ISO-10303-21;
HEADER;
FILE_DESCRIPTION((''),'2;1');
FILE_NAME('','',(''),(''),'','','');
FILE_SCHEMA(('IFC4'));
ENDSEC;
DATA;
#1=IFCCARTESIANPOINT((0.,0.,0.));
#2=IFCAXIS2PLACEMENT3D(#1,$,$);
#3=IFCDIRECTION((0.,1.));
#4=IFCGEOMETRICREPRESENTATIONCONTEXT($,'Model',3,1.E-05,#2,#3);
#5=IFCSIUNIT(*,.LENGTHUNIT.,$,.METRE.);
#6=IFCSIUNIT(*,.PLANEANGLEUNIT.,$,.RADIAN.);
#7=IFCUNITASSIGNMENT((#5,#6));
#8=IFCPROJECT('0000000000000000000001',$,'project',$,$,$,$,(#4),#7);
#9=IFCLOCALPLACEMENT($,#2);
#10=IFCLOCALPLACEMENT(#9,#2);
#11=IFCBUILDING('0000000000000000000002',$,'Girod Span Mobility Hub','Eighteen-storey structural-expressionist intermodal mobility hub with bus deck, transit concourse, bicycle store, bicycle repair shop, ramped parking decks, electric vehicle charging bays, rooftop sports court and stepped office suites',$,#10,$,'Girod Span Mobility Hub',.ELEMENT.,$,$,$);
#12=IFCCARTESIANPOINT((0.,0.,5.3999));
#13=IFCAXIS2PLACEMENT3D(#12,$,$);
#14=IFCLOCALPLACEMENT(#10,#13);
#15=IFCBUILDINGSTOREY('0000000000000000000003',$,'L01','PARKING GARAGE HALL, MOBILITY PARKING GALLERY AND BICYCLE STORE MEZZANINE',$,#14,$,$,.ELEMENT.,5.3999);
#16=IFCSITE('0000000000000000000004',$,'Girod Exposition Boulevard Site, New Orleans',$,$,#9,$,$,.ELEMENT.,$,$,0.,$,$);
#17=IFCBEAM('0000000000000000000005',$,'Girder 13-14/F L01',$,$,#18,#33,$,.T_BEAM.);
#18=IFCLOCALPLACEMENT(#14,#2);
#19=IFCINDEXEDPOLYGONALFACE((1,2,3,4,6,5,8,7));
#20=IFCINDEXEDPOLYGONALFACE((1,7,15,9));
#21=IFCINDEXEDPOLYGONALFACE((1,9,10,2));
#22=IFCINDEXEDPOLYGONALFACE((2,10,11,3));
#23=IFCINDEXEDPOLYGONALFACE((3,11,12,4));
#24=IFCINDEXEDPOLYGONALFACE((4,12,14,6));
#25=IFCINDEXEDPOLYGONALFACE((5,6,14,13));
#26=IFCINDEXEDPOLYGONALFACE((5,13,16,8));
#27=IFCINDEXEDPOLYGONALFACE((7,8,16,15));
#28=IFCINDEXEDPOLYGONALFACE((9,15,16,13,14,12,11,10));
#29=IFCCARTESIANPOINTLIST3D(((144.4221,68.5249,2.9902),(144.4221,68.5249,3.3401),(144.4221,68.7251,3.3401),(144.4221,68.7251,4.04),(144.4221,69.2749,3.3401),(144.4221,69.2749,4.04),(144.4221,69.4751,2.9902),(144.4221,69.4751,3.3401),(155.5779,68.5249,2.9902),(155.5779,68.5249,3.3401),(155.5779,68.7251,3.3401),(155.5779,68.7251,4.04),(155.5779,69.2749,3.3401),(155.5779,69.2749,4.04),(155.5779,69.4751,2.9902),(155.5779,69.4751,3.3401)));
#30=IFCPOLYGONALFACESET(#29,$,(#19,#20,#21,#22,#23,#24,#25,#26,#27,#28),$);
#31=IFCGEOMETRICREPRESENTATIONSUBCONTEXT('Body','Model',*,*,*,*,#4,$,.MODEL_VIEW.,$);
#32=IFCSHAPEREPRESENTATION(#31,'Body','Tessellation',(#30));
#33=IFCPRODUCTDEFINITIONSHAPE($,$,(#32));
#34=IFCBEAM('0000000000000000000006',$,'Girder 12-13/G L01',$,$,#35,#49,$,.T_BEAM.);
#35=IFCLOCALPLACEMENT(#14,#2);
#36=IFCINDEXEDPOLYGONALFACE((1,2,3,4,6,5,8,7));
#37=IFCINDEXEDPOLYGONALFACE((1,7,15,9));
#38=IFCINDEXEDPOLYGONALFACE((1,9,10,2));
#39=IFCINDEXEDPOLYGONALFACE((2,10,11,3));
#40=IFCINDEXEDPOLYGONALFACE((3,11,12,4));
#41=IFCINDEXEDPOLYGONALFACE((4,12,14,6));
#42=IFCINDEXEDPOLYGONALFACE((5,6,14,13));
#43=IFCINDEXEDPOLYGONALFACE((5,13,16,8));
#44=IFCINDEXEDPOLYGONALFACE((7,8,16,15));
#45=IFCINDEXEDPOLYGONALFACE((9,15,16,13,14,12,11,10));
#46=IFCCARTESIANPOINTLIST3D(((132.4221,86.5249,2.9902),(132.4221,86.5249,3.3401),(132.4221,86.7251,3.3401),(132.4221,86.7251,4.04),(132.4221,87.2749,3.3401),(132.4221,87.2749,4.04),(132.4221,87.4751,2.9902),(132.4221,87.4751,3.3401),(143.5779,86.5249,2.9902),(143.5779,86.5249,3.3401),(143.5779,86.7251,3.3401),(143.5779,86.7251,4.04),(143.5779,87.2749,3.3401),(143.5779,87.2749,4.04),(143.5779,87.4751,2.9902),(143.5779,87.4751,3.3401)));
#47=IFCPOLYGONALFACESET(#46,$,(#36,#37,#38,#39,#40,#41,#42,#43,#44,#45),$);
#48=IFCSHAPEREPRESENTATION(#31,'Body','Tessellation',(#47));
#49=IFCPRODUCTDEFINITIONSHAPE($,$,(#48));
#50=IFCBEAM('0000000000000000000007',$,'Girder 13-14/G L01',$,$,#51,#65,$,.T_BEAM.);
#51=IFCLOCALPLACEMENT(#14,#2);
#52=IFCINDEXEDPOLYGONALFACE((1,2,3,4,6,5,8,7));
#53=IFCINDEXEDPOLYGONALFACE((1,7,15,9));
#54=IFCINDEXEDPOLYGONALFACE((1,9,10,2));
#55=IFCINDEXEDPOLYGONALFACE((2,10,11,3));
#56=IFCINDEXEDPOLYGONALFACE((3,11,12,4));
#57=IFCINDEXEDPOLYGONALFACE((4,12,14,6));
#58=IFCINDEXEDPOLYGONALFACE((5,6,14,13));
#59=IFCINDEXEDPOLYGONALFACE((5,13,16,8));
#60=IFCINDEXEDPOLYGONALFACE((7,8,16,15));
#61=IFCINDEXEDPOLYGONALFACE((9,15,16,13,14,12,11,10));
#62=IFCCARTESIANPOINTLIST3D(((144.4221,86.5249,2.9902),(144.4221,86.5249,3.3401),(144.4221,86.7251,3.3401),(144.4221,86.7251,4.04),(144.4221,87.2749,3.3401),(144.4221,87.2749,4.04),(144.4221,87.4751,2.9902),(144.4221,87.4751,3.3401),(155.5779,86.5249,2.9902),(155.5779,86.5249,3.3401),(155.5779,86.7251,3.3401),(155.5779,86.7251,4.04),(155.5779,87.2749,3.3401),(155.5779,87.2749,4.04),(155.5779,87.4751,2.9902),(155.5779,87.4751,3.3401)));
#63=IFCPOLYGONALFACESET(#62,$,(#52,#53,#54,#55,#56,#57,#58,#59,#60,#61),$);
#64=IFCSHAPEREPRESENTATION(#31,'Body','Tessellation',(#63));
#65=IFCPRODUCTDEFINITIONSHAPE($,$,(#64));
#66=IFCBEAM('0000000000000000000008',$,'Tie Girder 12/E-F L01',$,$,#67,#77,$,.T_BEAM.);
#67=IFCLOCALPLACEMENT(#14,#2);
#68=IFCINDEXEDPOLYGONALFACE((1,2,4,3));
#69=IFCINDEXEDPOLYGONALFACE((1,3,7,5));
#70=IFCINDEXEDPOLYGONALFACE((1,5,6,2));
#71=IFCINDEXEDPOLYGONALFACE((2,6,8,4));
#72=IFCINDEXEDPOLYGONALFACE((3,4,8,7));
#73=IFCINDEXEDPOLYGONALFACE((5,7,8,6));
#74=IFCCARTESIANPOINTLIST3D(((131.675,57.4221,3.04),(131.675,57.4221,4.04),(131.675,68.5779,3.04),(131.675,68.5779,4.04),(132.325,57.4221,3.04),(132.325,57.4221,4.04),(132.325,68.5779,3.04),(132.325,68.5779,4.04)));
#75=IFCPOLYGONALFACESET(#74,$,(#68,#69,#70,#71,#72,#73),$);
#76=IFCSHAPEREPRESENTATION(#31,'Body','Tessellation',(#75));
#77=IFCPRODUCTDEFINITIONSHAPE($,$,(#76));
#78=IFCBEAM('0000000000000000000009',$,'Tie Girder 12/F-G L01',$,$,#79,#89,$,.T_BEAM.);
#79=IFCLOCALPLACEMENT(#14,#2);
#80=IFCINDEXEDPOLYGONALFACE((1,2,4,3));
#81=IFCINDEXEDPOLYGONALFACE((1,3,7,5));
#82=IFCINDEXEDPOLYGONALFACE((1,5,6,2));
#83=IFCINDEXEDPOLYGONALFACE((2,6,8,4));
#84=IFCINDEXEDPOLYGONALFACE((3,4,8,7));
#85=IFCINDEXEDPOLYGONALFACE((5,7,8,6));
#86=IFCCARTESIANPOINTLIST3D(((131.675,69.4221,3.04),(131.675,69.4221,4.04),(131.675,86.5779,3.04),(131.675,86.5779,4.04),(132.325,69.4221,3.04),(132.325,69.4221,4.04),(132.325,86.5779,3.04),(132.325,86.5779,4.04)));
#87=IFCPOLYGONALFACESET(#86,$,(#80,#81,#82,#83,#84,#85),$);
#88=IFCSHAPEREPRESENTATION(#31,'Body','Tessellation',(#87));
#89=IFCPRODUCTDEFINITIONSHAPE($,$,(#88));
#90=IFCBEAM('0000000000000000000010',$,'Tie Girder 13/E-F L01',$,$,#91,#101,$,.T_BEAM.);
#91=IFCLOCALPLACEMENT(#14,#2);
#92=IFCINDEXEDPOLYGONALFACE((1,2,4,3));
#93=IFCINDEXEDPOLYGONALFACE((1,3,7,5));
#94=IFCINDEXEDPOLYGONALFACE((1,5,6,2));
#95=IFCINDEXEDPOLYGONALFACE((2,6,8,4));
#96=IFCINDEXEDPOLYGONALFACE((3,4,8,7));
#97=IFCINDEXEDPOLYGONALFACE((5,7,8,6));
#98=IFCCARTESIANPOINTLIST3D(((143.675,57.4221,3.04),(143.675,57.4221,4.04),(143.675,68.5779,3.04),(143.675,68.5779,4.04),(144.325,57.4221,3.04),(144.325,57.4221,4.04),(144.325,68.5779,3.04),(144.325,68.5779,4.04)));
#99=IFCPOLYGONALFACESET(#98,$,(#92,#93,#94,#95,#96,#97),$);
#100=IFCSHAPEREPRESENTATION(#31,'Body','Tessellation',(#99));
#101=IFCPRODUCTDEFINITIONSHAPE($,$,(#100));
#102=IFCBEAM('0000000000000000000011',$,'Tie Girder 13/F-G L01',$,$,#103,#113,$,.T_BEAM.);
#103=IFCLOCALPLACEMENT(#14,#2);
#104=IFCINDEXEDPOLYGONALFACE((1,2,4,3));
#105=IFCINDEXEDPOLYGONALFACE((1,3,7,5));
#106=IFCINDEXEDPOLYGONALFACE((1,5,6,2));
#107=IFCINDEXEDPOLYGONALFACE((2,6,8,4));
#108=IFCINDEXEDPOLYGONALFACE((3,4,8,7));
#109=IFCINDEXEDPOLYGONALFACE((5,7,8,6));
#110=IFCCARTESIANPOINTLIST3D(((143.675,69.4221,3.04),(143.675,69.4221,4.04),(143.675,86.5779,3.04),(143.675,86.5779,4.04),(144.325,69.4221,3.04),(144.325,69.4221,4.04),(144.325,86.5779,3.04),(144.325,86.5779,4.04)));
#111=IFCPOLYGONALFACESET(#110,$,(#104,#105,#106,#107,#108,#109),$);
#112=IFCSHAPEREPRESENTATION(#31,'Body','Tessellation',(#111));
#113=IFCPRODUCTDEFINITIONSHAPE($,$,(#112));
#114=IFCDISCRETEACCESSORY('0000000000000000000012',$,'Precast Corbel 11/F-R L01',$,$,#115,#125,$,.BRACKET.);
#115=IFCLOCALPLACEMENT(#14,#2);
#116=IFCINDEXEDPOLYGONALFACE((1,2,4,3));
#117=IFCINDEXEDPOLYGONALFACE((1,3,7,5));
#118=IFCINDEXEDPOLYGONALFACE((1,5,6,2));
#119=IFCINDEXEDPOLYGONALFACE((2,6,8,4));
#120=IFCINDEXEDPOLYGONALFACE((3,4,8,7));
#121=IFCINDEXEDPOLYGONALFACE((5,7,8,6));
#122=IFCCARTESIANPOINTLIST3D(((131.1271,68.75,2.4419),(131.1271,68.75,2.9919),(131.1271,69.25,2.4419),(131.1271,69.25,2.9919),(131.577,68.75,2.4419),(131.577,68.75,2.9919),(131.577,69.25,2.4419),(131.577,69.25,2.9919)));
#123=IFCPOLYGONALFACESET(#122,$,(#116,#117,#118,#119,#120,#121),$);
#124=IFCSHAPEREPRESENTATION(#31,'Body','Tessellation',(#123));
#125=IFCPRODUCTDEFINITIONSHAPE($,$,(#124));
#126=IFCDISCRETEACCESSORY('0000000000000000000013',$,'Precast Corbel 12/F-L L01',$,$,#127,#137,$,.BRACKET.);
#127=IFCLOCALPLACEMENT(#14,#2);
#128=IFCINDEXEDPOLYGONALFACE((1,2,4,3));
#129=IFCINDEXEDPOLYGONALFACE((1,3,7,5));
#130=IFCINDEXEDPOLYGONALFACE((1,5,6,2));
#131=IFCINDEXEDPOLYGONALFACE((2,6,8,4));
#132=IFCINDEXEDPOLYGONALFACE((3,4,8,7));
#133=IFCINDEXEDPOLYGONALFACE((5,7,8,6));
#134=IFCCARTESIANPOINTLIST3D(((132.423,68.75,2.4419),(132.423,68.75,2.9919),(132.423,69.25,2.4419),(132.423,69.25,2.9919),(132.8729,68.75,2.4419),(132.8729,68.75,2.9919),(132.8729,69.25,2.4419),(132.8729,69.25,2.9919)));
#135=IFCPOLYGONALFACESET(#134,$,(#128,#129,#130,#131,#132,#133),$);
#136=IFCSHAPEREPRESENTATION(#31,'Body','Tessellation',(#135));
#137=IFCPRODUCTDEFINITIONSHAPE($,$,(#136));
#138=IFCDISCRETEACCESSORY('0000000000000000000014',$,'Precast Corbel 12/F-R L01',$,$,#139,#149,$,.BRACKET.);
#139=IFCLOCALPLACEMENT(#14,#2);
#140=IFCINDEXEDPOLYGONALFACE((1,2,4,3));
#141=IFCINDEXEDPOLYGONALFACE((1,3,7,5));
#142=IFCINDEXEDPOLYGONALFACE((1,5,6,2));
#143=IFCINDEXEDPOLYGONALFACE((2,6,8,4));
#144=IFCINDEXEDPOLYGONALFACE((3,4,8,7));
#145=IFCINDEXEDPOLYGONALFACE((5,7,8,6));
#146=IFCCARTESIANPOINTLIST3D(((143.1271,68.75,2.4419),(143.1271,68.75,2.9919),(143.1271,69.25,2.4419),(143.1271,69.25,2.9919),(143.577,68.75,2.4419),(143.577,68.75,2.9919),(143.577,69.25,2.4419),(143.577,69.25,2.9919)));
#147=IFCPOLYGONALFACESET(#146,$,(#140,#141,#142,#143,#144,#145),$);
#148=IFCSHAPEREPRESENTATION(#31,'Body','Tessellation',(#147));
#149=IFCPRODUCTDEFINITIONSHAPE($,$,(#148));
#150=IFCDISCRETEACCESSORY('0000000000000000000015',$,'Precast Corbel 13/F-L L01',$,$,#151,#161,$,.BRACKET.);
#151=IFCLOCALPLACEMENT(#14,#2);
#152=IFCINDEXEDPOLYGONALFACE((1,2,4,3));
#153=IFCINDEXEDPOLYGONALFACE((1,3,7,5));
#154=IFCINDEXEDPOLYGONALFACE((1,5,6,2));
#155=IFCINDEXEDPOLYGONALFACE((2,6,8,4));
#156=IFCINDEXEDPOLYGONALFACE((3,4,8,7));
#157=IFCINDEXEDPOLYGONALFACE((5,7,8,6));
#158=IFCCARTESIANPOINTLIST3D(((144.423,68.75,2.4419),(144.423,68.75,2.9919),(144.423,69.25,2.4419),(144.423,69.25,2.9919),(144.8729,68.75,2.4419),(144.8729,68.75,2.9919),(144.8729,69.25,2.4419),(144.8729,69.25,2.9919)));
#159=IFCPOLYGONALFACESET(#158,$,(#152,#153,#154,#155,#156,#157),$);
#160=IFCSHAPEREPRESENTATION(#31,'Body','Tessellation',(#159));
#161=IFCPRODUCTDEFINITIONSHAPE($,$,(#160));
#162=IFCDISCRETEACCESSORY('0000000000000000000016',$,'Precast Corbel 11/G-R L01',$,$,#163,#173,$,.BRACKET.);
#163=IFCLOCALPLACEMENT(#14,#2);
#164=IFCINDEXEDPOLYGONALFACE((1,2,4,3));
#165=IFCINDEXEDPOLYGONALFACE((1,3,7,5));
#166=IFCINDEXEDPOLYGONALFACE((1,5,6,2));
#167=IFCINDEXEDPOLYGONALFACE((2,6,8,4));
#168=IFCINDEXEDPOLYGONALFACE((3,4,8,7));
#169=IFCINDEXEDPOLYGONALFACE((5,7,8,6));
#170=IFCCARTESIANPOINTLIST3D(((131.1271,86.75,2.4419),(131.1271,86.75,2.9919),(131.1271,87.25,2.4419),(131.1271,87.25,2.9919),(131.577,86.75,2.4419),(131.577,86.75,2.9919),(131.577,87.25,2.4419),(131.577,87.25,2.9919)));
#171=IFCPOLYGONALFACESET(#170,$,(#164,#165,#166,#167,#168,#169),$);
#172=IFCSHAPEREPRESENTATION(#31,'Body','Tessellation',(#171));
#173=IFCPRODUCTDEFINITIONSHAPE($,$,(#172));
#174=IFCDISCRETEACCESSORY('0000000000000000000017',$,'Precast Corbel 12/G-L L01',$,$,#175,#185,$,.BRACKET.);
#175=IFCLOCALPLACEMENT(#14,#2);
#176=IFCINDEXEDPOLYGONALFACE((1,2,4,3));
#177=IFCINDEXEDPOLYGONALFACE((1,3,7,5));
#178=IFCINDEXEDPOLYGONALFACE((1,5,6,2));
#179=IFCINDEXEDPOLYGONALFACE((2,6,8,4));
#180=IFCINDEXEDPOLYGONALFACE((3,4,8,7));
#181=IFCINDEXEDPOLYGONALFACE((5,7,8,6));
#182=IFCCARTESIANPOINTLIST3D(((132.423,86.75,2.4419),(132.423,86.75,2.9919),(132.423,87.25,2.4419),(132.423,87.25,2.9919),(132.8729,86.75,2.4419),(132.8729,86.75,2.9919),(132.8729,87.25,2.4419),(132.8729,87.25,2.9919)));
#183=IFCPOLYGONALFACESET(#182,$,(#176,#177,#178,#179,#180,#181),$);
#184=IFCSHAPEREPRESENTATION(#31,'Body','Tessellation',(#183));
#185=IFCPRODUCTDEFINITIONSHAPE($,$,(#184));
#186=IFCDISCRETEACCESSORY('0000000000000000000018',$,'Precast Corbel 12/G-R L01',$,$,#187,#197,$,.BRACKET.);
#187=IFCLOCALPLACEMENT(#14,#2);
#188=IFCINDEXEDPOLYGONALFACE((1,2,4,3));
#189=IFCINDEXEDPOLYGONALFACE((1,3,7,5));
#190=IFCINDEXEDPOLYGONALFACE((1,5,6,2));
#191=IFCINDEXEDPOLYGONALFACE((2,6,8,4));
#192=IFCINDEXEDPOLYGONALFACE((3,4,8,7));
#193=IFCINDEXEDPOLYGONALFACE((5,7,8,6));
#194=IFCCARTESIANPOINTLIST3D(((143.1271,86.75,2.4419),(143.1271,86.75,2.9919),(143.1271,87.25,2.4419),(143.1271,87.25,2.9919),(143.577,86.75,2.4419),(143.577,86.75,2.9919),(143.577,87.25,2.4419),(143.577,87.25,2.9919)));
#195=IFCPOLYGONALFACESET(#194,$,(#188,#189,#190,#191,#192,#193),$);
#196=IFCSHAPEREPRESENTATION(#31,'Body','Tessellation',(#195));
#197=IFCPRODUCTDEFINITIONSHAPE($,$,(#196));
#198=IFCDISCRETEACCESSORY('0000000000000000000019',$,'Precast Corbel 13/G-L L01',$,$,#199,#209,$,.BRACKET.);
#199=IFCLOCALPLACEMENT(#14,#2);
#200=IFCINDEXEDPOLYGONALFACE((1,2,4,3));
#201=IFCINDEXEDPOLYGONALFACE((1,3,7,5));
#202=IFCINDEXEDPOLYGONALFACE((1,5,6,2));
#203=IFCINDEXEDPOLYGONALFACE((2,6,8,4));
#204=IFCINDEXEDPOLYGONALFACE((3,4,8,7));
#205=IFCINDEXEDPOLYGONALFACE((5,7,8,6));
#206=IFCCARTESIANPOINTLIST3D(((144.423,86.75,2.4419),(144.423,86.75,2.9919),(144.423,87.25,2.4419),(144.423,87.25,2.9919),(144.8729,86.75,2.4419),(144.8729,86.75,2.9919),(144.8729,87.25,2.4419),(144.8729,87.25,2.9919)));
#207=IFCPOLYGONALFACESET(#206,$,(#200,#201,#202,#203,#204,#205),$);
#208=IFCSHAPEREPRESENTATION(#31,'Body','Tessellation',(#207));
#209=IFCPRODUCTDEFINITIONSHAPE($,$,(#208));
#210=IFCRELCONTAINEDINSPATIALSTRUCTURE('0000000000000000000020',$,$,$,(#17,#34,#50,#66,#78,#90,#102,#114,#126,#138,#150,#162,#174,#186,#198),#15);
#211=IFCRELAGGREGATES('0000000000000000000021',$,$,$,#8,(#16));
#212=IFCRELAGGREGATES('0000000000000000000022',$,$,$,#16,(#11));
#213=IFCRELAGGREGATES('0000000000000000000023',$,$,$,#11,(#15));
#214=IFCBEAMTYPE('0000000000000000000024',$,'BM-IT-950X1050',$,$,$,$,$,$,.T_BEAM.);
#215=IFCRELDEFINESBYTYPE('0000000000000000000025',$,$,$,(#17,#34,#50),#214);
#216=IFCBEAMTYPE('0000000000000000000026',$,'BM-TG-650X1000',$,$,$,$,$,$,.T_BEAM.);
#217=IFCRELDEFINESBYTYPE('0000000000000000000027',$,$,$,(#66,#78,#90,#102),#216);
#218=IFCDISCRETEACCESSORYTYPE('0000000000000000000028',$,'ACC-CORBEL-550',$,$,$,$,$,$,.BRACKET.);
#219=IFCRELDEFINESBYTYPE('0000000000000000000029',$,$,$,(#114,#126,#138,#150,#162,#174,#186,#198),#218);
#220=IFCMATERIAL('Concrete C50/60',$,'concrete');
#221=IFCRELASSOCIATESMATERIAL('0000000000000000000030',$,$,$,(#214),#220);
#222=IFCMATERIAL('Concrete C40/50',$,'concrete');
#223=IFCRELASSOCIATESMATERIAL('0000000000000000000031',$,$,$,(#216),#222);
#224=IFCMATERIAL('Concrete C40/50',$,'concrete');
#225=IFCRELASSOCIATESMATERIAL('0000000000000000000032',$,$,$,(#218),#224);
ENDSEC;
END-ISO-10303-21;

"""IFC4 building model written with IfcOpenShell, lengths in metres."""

from ifc_helpers import new_model, si_unit, direction, frame, origin, origin_2d, place, context, subcontext, project, spatial, polyline, rectangle, outline, extrude, material, material_profile, profile_set, type_object, element, save


model = new_model("IFC4")

# Units and contexts
model_context = context("Model", 3, precision=1e-05, world=origin(), true_north=direction((0.0, 1.0)))
body_context = subcontext(model_context, "Body", "Model", "MODEL_VIEW")
ifc_project = project(units=[si_unit("LENGTHUNIT", "METRE"), si_unit("PLANEANGLEUNIT", "RADIAN")], contexts=[model_context])

# Site, building, storey
site_placement = place(None, origin())
site = spatial("IfcSite", under=ifc_project, at=site_placement, Name="Girod Exposition Boulevard Site, New Orleans", CompositionType="ELEMENT", RefElevation=0.0)
building_placement = place(site_placement, origin())
building = spatial("IfcBuilding", under=site, at=building_placement, Name="Girod Span Mobility Hub", Description="Eighteen-storey structural-expressionist intermodal mobility hub with bus deck, transit concourse, bicycle store, bicycle repair shop, ramped parking decks, electric vehicle charging bays, rooftop sports court and stepped office suites", LongName="Girod Span Mobility Hub", CompositionType="ELEMENT")
storey_placement = place(building_placement, frame((0.0, 0.0, 5.3999)))
storey = spatial("IfcBuildingStorey", under=building, at=storey_placement, Name="L01", Description="PARKING GARAGE HALL, MOBILITY PARKING GALLERY AND BICYCLE STORE MEZZANINE", CompositionType="ELEMENT", Elevation=5.3999)

# Beams
ifc_material_1 = material(Name="Concrete C50/60", Category="concrete")
ifc_material_profile_1 = material_profile(ifc_material_1, outline(polyline([(-0.4751, -0.5249), (0.4751, -0.5249), (0.4751, -0.175), (0.2749, -0.175), (0.2749, 0.5249), (-0.2749, 0.5249), (-0.2749, -0.175), (-0.4751, -0.175), (-0.4751, -0.5249)])), Name="IT-950X1050")
ifc_profile_set_1 = profile_set([ifc_material_profile_1], Name="Concrete C50/60")
beam_type_1 = type_object("IfcBeamType", Name="BM-IT-950X1050", PredefinedType="T_BEAM", material=ifc_profile_set_1)
for number, where, z_axis, x_axis, name in (
    (1, (144.4221, 69.0, 3.5151), (1.0, 0.0, 0.0), (0.0, 1.0, 0.0), "Girder 13-14/F L01"),
    (2, (132.4221, 87.0, 3.5151), (1.0, 0.0, 0.0), (0.0, 1.0, 0.0), "Girder 12-13/G L01"),
    (3, (144.4221, 87.0, 3.5151), (1.0, 0.0, 0.0), (0.0, 1.0, 0.0), "Girder 13-14/G L01"),
):
    element("IfcBeam", number, at=place(storey_placement, frame(where, z_axis=z_axis, x_axis=x_axis)), inside=storey, type_object=beam_type_1, Name=name, PredefinedType="T_BEAM", context=body_context, shape_type="SweptSolid", body=[
        extrude(outline(polyline([(-0.4751, -0.5249), (0.4751, -0.5249), (0.4751, -0.175), (0.2749, -0.175), (0.2749, 0.5249), (-0.2749, 0.5249), (-0.2749, -0.175), (-0.4751, -0.175), (-0.4751, -0.5249)])), origin(), (0.0, 0.0, 1.0), 11.1558),
    ])
ifc_material_2 = material(Name="Concrete C40/50", Category="concrete")
ifc_material_profile_2 = material_profile(ifc_material_2, rectangle(XDim=0.6499, YDim=1.0, at=origin_2d()), Name="TG-650X1000")
ifc_profile_set_2 = profile_set([ifc_material_profile_2], Name="Concrete C40/50")
beam_type_2 = type_object("IfcBeamType", Name="BM-TG-650X1000", PredefinedType="T_BEAM", material=ifc_profile_set_2)
beam_1_placement = place(storey_placement, frame((132.0, 57.4221, 3.54), z_axis=(0.0, 1.0, 0.0), x_axis=(-1.0, 0.0, 0.0)))
element("IfcBeam", 4, at=beam_1_placement, inside=storey, type_object=beam_type_2, Name="Tie Girder 12/E-F L01", PredefinedType="T_BEAM", context=body_context, shape_type="SweptSolid", body=[
    extrude(rectangle(XDim=0.6499, YDim=1.0, at=origin_2d()), origin(), (0.0, 0.0, 1.0), 11.1558),
])
beam_2_placement = place(storey_placement, frame((132.0, 69.4221, 3.54), z_axis=(0.0, 1.0, 0.0), x_axis=(-1.0, 0.0, 0.0)))
element("IfcBeam", 5, at=beam_2_placement, inside=storey, type_object=beam_type_2, Name="Tie Girder 12/F-G L01", PredefinedType="T_BEAM", context=body_context, shape_type="SweptSolid", body=[
    extrude(rectangle(XDim=0.6499, YDim=1.0, at=origin_2d()), origin(), (0.0, 0.0, 1.0), 17.1558),
])
beam_3_placement = place(storey_placement, frame((144.0, 57.4221, 3.54), z_axis=(0.0, 1.0, 0.0), x_axis=(-1.0, 0.0, 0.0)))
element("IfcBeam", 6, at=beam_3_placement, inside=storey, type_object=beam_type_2, Name="Tie Girder 13/E-F L01", PredefinedType="T_BEAM", context=body_context, shape_type="SweptSolid", body=[
    extrude(rectangle(XDim=0.6499, YDim=1.0, at=origin_2d()), origin(), (0.0, 0.0, 1.0), 11.1558),
])
beam_4_placement = place(storey_placement, frame((144.0, 69.4221, 3.54), z_axis=(0.0, 1.0, 0.0), x_axis=(-1.0, 0.0, 0.0)))
element("IfcBeam", 7, at=beam_4_placement, inside=storey, type_object=beam_type_2, Name="Tie Girder 13/F-G L01", PredefinedType="T_BEAM", context=body_context, shape_type="SweptSolid", body=[
    extrude(rectangle(XDim=0.6499, YDim=1.0, at=origin_2d()), origin(), (0.0, 0.0, 1.0), 17.1558),
])

# Discrete accessories
ifc_material_3 = material(Name="Concrete C40/50", Category="concrete")
discrete_accessory_type = type_object("IfcDiscreteAccessoryType", Name="ACC-CORBEL-550", PredefinedType="BRACKET", material=ifc_material_3)
for number, where, z_axis, x_axis, name in (
    (8, (131.3521, 69.0, 2.4419), (0.0, 0.0, 1.0), (1.0, 0.0, 0.0), "Precast Corbel 11/F-R L01"),
    (9, (132.6479, 69.0, 2.4419), (0.0, 0.0, 1.0), (1.0, 0.0, 0.0), "Precast Corbel 12/F-L L01"),
    (10, (143.3521, 69.0, 2.4419), (0.0, 0.0, 1.0), (1.0, 0.0, 0.0), "Precast Corbel 12/F-R L01"),
    (11, (144.6479, 69.0, 2.4419), (0.0, 0.0, 1.0), (1.0, 0.0, 0.0), "Precast Corbel 13/F-L L01"),
    (12, (131.3521, 87.0, 2.4419), (0.0, 0.0, 1.0), (1.0, 0.0, 0.0), "Precast Corbel 11/G-R L01"),
    (13, (132.6479, 87.0, 2.4419), (0.0, 0.0, 1.0), (1.0, 0.0, 0.0), "Precast Corbel 12/G-L L01"),
    (14, (143.3521, 87.0, 2.4419), (0.0, 0.0, 1.0), (1.0, 0.0, 0.0), "Precast Corbel 12/G-R L01"),
    (15, (144.6479, 87.0, 2.4419), (0.0, 0.0, 1.0), (1.0, 0.0, 0.0), "Precast Corbel 13/G-L L01"),
):
    element("IfcDiscreteAccessory", number, at=place(storey_placement, frame(where, z_axis=z_axis, x_axis=x_axis)), inside=storey, type_object=discrete_accessory_type, Name=name, PredefinedType="BRACKET", context=body_context, shape_type="SweptSolid", body=[
        extrude(rectangle(XDim=0.45, YDim=0.5, at=origin_2d()), origin(), (0.0, 0.0, 1.0), 0.55),
    ])

save(model, "model.ifc")
